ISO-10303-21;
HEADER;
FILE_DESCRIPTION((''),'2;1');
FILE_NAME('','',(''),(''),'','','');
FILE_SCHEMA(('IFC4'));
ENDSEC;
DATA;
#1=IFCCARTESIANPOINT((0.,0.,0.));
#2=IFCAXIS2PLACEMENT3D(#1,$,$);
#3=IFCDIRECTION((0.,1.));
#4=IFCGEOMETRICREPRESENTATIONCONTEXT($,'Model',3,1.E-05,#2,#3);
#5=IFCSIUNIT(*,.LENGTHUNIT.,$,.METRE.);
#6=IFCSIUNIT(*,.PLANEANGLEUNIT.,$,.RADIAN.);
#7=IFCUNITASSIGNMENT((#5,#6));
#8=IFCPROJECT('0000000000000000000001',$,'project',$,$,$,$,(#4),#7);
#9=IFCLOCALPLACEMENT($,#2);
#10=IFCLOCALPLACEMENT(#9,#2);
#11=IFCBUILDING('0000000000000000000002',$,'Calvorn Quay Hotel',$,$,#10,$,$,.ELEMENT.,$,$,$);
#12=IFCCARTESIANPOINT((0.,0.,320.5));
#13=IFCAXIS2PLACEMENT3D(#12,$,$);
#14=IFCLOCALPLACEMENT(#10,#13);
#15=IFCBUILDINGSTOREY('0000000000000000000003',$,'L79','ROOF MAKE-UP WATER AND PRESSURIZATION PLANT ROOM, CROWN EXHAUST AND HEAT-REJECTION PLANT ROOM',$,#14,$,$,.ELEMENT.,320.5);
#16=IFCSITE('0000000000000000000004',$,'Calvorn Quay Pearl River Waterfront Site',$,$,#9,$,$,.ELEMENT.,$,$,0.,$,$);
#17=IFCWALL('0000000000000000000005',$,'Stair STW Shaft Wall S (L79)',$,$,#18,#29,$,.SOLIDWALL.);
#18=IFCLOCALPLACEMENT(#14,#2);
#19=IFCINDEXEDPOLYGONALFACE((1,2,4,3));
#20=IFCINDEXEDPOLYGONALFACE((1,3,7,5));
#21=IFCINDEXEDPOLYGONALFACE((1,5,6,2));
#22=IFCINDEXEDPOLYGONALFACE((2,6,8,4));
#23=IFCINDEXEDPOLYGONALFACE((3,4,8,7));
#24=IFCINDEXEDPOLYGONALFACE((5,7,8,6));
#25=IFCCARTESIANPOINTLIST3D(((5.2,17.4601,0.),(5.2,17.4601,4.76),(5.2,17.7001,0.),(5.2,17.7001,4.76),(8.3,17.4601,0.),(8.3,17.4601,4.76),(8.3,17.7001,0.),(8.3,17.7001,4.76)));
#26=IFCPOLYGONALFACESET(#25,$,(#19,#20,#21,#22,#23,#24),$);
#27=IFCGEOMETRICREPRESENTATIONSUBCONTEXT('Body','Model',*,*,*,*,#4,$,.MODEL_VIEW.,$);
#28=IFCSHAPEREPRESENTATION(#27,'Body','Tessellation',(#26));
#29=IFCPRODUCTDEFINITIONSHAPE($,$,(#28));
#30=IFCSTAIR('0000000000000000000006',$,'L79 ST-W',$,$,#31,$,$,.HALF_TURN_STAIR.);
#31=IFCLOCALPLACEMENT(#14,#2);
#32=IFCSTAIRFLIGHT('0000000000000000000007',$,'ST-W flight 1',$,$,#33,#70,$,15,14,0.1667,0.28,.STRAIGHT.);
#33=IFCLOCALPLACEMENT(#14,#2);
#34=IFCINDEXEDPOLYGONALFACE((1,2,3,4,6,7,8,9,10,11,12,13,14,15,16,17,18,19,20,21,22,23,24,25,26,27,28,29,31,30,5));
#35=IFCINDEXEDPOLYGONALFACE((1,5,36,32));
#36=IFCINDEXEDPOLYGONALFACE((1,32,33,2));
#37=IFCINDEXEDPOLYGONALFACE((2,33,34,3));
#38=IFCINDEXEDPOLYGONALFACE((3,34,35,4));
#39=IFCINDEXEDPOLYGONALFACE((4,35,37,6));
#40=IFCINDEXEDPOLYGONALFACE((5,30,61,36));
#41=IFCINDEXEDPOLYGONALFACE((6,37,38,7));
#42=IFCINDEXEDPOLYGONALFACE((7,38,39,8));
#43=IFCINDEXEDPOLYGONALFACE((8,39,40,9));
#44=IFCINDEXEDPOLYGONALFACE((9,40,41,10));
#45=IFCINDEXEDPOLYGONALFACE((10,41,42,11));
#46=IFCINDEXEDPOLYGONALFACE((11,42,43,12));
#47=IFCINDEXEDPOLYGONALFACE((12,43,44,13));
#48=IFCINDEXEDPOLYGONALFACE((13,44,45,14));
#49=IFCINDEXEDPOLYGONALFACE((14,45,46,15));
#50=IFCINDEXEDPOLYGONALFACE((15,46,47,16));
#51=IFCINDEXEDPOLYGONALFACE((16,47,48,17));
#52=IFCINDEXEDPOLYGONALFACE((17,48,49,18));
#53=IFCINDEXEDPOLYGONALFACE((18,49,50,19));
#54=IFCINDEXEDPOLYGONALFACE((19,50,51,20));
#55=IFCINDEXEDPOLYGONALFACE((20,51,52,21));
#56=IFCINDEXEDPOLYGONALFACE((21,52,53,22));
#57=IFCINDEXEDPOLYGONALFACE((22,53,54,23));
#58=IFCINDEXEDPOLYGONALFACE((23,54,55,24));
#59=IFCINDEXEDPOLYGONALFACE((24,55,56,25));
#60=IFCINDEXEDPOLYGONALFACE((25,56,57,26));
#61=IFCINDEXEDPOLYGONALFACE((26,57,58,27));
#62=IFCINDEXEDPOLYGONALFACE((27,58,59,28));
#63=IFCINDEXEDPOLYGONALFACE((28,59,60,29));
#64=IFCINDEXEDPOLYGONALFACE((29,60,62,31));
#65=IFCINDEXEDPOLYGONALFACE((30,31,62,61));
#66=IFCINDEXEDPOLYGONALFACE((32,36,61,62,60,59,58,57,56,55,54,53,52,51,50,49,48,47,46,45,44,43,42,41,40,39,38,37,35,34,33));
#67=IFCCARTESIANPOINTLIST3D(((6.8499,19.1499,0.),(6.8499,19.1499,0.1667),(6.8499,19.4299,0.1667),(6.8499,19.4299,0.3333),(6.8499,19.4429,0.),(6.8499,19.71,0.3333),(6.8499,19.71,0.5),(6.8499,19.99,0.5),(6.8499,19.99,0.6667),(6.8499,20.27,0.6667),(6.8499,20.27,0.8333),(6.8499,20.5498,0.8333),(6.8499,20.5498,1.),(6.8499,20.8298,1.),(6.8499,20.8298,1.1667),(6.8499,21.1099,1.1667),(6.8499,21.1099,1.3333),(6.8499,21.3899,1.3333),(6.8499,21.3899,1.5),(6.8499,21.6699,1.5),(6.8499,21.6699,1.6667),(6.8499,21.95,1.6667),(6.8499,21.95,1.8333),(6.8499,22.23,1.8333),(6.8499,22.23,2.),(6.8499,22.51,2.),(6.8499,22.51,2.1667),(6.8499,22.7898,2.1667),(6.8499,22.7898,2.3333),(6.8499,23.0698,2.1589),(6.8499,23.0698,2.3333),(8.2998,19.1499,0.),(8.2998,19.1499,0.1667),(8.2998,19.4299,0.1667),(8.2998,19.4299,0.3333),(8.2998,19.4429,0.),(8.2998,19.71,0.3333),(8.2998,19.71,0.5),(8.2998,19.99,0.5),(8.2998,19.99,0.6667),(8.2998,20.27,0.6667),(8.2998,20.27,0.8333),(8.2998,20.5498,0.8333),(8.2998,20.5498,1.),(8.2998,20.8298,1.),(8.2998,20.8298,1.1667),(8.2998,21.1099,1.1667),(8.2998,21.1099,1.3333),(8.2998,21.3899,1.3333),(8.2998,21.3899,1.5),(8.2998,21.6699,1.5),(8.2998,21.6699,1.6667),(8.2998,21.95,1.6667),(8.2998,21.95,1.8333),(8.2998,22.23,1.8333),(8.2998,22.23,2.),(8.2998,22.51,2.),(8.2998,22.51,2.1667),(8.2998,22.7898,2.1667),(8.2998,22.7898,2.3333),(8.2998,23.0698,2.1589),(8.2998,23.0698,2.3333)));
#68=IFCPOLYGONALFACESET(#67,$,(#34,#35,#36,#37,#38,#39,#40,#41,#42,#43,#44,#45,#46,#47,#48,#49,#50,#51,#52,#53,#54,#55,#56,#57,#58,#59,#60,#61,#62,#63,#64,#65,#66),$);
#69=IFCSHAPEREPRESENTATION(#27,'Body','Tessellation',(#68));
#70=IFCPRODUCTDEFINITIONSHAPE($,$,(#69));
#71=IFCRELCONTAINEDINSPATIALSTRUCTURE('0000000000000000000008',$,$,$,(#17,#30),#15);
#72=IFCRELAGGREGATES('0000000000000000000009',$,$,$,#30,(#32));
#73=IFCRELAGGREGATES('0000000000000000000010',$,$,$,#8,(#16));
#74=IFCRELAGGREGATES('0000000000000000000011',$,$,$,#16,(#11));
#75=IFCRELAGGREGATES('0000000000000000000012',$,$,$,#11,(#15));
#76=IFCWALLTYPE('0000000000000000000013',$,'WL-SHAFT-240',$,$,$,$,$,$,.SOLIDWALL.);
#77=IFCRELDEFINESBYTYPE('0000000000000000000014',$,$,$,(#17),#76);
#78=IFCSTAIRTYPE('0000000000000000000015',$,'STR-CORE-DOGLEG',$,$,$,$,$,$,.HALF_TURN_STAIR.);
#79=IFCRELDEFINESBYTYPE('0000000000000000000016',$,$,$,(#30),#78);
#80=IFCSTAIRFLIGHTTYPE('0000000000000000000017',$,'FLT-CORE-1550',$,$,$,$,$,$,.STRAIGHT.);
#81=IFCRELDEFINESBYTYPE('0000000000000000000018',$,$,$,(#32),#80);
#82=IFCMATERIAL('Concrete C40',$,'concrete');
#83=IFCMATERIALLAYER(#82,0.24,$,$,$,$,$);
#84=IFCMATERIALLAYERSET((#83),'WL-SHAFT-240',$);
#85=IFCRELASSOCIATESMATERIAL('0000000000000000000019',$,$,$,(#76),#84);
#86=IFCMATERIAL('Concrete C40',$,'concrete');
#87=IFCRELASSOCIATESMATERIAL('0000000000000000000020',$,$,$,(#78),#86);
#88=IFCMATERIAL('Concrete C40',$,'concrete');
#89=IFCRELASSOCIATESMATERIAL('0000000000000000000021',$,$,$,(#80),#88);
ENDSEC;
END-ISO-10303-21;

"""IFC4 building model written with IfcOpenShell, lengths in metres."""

from ifc_helpers import new_model, si_unit, direction, frame, frame_2d, origin, place, context, subcontext, project, spatial, polyline, rectangle, outline, extrude, material, layer, layer_set, type_object, element, aggregate, save


model = new_model("IFC4")

# Units and contexts
model_context = context("Model", 3, precision=1e-05, world=origin(), true_north=direction((0.0, 1.0)))
body_context = subcontext(model_context, "Body", "Model", "MODEL_VIEW")
ifc_project = project(units=[si_unit("LENGTHUNIT", "METRE"), si_unit("PLANEANGLEUNIT", "RADIAN")], contexts=[model_context])

# Site, building, storey
site_placement = place(None, origin())
site = spatial("IfcSite", under=ifc_project, at=site_placement, Name="Calvorn Quay Pearl River Waterfront Site", CompositionType="ELEMENT", RefElevation=0.0)
building_placement = place(site_placement, origin())
building = spatial("IfcBuilding", under=site, at=building_placement, Name="Calvorn Quay Hotel", CompositionType="ELEMENT")
storey_placement = place(building_placement, frame((0.0, 0.0, 320.5)))
storey = spatial("IfcBuildingStorey", under=building, at=storey_placement, Name="L79", Description="ROOF MAKE-UP WATER AND PRESSURIZATION PLANT ROOM, CROWN EXHAUST AND HEAT-REJECTION PLANT ROOM", CompositionType="ELEMENT", Elevation=320.5)

# Shared definitions
ifc_material_1 = material(Name="Concrete C40", Category="concrete")
ifc_layer_1 = layer(ifc_material_1, 0.24)
ifc_layer_set_1 = layer_set([ifc_layer_1], Name="WL-SHAFT-240")
wall_type_1 = type_object("IfcWallType", Name="WL-SHAFT-240", PredefinedType="SOLIDWALL", material=ifc_layer_set_1)

# Wall
wall_1_placement = place(storey_placement, frame((5.2, 17.5801, 0.0), z_axis=(0.0, 0.0, 1.0), x_axis=(1.0, 0.0, 0.0)))
element("IfcWall", 1, at=wall_1_placement, inside=storey, type_object=wall_type_1, Name="Stair STW Shaft Wall S (L79)", PredefinedType="SOLIDWALL", context=body_context, shape_type="SweptSolid", body=[
    extrude(rectangle(XDim=3.1001, YDim=0.24, at=frame_2d((1.55, 0.0))), origin(), (0.0, 0.0, 1.0), 4.76),
])

# Stair, stair flight
ifc_material_2 = material(Name="Concrete C40", Category="concrete")
stair_type = type_object("IfcStairType", Name="STR-CORE-DOGLEG", PredefinedType="HALF_TURN_STAIR", material=ifc_material_2)
stair_placement = place(storey_placement, origin())
stair = element("IfcStair", 2, at=stair_placement, inside=storey, type_object=stair_type, Name="L79 ST-W", PredefinedType="HALF_TURN_STAIR")
ifc_material_3 = material(Name="Concrete C40", Category="concrete")
stair_flight_type = type_object("IfcStairFlightType", Name="FLT-CORE-1550", PredefinedType="STRAIGHT", material=ifc_material_3)
stair_flight_placement = place(storey_placement, frame((7.575, 19.1499, 0.0), z_axis=(0.0, 0.0, 1.0), x_axis=(0.0, 1.0, 0.0)))
stair_flight = element("IfcStairFlight", 3, at=stair_flight_placement, type_object=stair_flight_type, Name="ST-W flight 1", NumberOfRisers=15, NumberOfTreads=14, PredefinedType="STRAIGHT", RiserHeight=0.1667, TreadLength=0.28, context=body_context, shape_type="SweptSolid", body=[
    extrude(outline(polyline([(0.0, 0.0), (0.0, 0.1667), (0.28, 0.1667), (0.28, 0.3333), (0.5601, 0.3333), (0.5601, 0.5), (0.8401, 0.5), (0.8401, 0.6667), (1.1201, 0.6667), (1.1201, 0.8333), (1.3999, 0.8333), (1.3999, 1.0), (1.6799, 1.0), (1.6799, 1.1667), (1.96, 1.1667), (1.96, 1.3333), (2.24, 1.3333), (2.24, 1.5), (2.52, 1.5), (2.52, 1.6667), (2.8, 1.6667), (2.8, 1.8333), (3.0801, 1.8333), (3.0801, 2.0), (3.3601, 2.0), (3.3601, 2.1667), (3.6399, 2.1667), (3.6399, 2.3333), (3.9199, 2.3333), (3.9199, 2.5), (3.9199, 2.1589), (0.293, 0.0), (0.0, 0.0)])), frame((0.0, 0.7251, 0.0), z_axis=(0.0, -1.0, 0.0), x_axis=(1.0, 0.0, 0.0)), (0.0, 0.0, 1.0), 1.45),
])
aggregate(stair, [stair_flight])

save(model, "model.ifc")
